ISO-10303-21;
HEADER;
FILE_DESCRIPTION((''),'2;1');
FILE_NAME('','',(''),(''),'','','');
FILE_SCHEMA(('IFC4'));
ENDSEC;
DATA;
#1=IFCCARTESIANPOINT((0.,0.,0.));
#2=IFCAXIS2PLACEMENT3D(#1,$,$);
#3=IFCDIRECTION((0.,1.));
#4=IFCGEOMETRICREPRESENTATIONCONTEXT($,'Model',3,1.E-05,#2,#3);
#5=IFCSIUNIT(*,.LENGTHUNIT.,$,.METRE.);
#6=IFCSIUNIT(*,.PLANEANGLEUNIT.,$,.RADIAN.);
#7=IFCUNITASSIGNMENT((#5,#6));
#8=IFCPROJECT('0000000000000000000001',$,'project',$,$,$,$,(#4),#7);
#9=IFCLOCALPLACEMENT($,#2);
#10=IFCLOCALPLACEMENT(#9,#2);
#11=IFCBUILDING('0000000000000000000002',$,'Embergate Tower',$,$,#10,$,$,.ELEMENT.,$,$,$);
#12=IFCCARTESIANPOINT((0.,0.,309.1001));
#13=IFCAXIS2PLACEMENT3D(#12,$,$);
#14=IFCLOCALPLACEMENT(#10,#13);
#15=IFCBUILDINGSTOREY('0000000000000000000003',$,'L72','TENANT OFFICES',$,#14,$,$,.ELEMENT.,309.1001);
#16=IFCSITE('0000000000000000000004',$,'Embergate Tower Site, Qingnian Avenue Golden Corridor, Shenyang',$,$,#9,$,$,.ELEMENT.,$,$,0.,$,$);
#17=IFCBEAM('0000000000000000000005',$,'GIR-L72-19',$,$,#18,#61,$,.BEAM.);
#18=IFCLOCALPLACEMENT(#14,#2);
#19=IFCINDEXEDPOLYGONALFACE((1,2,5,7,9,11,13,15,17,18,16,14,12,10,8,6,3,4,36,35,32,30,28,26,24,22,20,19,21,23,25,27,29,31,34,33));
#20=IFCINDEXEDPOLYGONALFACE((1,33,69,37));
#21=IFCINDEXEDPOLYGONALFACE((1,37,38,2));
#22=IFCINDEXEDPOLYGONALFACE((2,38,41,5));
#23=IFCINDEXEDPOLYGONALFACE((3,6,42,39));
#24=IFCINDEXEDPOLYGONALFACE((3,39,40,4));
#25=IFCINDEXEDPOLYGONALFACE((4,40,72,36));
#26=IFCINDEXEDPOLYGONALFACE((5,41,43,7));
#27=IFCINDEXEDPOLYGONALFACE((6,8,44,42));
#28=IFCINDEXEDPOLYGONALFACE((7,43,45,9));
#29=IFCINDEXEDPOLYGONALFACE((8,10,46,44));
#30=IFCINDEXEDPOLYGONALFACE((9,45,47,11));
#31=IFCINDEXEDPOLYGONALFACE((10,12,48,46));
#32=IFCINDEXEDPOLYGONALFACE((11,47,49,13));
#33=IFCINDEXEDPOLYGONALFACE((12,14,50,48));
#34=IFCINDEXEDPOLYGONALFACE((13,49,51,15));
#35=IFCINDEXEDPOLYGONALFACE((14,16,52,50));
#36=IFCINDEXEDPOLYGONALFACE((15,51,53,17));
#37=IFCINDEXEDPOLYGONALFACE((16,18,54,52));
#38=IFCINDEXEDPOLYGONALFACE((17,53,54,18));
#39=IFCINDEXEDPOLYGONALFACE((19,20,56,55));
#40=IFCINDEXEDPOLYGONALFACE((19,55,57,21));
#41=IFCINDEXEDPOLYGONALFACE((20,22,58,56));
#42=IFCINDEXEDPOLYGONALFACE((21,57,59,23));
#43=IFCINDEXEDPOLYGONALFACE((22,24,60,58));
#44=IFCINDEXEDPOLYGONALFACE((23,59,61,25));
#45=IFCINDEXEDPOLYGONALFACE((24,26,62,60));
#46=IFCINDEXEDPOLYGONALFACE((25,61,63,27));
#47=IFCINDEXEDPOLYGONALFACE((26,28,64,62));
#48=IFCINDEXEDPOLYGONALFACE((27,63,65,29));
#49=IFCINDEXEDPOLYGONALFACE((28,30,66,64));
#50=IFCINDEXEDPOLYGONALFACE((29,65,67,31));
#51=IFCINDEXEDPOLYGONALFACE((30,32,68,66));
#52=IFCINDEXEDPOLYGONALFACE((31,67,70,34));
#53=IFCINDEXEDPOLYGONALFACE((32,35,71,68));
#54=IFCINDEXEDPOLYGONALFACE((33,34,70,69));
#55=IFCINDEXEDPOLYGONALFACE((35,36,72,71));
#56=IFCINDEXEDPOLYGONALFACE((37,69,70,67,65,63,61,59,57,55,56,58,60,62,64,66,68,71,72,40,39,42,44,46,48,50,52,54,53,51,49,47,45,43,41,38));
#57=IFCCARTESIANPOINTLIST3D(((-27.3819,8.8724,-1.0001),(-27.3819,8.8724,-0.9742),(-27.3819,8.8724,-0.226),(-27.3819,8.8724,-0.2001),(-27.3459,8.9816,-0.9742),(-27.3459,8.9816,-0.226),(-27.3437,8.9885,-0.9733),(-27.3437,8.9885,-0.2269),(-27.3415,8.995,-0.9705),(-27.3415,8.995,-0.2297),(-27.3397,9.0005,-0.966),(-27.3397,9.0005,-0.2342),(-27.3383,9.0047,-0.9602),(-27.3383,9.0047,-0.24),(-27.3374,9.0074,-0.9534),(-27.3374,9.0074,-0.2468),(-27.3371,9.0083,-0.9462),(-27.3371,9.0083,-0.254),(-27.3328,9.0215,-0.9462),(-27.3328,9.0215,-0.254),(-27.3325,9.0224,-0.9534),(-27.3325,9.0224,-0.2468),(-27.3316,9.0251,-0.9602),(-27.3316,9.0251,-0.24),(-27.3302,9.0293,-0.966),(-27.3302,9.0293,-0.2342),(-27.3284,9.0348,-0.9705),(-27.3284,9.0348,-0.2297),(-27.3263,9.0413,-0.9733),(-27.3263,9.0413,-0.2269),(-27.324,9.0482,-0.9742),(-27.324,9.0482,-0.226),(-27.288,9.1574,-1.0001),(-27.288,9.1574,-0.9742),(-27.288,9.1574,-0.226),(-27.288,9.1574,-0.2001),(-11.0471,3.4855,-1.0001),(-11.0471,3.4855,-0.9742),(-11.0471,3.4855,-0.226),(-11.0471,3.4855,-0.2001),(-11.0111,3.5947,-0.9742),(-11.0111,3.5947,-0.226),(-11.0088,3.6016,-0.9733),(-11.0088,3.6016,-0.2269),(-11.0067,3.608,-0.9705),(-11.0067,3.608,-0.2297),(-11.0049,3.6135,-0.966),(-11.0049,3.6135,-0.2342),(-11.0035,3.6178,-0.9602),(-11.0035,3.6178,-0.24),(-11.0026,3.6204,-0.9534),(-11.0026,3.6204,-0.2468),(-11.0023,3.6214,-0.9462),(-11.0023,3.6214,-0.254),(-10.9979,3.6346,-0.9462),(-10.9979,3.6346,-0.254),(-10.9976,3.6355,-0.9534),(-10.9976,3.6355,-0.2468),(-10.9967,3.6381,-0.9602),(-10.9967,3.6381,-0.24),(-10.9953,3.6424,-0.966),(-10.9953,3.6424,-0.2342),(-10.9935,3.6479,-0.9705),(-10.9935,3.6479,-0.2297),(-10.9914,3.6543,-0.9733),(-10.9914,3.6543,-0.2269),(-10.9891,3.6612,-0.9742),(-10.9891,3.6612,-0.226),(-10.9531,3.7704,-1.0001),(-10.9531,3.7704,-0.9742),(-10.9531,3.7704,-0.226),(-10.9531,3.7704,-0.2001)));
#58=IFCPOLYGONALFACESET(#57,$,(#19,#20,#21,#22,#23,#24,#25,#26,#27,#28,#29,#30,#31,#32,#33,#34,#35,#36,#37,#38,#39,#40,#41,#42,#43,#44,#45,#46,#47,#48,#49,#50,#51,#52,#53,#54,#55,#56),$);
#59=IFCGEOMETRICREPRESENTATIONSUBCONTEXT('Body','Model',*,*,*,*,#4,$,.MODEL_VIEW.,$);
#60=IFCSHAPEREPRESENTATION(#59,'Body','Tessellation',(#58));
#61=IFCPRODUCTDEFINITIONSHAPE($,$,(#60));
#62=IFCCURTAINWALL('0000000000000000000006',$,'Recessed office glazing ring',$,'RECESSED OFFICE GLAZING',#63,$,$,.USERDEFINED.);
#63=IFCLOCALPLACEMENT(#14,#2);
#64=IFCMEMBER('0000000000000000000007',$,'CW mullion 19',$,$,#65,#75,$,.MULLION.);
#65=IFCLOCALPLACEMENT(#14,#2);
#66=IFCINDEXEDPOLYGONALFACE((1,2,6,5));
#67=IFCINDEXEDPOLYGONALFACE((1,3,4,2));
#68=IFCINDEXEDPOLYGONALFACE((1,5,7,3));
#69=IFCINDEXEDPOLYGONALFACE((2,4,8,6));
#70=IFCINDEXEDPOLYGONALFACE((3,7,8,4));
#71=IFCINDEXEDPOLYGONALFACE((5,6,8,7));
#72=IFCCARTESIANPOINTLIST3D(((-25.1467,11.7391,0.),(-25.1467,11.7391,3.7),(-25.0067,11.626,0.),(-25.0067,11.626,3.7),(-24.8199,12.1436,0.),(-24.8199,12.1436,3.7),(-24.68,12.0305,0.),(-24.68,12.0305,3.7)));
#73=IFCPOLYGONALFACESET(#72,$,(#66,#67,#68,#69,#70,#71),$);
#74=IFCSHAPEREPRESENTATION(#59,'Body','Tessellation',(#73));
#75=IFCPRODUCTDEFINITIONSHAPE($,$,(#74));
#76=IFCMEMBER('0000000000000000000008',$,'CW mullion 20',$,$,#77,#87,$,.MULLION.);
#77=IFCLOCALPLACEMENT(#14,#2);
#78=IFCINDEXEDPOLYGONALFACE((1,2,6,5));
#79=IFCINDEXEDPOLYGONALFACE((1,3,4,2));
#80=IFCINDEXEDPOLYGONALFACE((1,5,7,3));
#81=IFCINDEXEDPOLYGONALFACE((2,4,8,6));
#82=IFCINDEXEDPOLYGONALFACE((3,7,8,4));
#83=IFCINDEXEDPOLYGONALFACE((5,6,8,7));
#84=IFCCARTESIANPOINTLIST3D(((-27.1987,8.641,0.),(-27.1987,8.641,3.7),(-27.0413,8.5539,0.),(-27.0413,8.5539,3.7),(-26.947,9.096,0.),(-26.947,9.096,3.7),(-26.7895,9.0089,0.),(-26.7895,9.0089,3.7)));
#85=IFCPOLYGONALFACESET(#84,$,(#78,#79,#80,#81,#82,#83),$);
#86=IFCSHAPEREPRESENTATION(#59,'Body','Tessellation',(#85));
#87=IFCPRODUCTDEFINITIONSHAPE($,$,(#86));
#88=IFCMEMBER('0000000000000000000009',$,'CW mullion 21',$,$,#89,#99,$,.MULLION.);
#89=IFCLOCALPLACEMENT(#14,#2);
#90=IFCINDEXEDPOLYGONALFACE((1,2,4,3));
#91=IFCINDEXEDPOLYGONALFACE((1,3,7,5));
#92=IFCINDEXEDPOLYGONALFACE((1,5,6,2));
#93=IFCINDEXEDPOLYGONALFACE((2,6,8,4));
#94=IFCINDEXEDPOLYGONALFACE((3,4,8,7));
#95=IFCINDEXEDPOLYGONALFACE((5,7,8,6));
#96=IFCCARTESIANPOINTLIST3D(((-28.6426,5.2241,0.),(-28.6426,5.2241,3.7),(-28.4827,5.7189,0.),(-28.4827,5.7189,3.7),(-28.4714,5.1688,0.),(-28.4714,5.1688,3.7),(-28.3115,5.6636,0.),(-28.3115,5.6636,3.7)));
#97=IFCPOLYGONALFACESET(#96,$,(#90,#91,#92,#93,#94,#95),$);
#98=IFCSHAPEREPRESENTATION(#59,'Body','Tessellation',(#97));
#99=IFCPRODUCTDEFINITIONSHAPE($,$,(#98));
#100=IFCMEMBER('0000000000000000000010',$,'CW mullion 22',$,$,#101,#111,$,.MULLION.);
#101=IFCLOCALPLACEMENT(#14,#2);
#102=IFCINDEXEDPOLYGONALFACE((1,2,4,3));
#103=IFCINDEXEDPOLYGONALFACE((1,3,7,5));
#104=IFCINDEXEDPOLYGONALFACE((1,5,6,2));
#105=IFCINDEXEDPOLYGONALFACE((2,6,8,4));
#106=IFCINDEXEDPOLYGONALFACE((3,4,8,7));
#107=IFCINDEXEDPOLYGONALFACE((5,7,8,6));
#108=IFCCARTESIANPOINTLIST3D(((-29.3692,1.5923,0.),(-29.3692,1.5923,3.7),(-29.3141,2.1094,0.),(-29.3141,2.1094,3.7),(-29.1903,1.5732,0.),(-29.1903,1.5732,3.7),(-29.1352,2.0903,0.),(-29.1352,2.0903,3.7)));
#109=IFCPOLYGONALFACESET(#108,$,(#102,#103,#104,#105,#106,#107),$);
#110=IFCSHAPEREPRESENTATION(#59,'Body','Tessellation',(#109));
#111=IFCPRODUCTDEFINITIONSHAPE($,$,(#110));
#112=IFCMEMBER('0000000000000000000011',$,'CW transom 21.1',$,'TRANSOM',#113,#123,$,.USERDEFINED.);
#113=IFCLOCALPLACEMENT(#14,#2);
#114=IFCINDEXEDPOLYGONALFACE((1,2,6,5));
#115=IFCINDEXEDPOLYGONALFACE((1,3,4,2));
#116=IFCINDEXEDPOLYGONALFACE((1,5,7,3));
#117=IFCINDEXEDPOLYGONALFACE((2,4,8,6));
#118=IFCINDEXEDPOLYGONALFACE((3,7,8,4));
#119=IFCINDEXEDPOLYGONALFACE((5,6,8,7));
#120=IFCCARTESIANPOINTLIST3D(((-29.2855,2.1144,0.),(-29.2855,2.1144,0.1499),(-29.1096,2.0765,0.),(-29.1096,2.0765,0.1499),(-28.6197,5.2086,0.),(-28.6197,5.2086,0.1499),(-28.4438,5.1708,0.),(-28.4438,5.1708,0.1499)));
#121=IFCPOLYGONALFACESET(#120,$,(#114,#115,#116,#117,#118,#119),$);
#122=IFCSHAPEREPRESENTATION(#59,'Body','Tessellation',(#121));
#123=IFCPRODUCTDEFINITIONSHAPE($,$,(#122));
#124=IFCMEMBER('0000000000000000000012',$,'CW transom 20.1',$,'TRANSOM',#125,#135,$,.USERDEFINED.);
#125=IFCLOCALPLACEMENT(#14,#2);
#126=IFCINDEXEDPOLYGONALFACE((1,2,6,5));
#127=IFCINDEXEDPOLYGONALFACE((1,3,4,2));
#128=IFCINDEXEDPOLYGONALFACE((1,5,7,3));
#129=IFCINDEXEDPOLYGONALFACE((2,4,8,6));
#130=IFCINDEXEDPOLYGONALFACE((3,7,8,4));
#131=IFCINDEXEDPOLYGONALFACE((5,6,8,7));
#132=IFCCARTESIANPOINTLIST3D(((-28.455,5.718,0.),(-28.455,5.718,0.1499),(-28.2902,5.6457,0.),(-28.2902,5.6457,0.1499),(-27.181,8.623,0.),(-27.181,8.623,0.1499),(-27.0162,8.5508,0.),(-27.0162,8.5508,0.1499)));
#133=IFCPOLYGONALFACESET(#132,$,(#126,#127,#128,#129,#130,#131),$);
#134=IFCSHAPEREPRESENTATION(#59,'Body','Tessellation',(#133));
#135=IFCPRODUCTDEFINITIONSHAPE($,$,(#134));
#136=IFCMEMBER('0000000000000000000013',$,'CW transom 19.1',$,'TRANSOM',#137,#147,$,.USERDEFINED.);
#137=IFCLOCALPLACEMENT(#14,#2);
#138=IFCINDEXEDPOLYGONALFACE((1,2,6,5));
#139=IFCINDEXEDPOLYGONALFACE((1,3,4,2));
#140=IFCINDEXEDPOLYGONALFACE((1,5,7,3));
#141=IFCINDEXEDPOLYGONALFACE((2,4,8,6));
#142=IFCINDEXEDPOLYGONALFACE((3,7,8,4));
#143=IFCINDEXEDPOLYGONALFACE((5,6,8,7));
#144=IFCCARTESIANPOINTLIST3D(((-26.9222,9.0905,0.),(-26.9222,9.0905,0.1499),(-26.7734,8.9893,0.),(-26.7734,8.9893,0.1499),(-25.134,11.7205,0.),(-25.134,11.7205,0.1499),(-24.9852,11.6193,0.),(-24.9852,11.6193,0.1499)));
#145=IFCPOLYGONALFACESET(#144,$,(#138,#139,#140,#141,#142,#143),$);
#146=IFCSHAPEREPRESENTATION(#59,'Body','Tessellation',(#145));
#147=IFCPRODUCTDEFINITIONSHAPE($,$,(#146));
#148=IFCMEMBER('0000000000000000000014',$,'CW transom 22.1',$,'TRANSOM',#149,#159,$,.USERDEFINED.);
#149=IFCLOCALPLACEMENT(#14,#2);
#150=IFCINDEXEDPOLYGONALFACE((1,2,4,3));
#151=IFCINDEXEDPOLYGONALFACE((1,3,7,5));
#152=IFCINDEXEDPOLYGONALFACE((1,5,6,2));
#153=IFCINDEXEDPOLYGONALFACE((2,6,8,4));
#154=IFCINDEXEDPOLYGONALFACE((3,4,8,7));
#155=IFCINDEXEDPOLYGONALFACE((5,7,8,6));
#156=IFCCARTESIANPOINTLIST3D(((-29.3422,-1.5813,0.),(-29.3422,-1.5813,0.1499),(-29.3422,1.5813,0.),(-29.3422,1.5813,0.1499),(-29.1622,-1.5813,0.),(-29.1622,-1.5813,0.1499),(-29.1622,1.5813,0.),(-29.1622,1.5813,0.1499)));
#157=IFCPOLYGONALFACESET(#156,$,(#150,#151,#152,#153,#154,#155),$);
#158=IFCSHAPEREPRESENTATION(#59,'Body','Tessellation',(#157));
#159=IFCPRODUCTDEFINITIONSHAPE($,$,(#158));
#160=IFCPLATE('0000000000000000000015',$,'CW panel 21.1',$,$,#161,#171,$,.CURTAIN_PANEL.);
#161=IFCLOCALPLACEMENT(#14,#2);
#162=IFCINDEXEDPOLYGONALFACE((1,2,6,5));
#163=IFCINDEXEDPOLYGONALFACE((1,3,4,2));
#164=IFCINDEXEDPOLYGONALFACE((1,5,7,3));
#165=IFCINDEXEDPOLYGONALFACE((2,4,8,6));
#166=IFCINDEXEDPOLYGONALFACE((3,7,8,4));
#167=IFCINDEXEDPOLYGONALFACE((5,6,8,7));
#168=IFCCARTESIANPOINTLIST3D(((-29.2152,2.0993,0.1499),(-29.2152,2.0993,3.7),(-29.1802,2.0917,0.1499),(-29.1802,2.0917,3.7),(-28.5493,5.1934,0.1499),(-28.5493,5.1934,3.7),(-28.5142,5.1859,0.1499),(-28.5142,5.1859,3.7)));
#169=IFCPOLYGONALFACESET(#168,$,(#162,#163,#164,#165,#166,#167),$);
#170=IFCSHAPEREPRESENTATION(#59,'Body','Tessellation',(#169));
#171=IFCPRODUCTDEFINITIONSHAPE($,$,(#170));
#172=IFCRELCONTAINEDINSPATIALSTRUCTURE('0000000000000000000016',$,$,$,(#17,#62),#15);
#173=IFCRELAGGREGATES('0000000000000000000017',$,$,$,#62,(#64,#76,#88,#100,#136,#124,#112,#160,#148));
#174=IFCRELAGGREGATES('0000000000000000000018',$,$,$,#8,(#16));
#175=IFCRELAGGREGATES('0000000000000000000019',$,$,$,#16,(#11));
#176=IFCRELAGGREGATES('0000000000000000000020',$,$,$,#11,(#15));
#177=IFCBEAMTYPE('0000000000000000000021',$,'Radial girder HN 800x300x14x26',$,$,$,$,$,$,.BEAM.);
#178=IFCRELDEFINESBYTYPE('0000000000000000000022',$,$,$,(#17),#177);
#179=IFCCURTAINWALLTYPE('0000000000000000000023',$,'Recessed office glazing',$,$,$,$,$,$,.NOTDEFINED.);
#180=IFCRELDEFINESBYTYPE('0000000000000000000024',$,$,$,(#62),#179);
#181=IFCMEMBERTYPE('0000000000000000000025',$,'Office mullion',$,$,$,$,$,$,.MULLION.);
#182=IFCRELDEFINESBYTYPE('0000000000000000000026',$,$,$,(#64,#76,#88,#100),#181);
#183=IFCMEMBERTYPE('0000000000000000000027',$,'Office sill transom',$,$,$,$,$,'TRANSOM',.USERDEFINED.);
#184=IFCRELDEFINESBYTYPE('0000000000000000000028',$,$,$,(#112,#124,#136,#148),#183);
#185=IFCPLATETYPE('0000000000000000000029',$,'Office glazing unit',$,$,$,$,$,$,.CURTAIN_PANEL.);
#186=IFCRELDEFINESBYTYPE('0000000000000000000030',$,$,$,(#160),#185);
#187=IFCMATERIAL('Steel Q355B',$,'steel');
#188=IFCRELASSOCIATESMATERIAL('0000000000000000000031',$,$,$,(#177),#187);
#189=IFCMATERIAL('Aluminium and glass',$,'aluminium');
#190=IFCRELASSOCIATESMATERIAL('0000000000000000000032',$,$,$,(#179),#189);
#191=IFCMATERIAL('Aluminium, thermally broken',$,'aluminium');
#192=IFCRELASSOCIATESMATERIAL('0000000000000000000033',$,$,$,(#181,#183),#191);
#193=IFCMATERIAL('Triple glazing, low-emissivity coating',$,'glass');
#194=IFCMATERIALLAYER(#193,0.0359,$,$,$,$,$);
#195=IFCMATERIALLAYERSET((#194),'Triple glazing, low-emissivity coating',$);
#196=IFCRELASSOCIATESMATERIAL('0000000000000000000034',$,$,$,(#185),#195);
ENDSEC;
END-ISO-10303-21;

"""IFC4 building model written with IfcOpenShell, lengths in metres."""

from ifc_helpers import new_model, si_unit, direction, frame, origin, origin_2d, place, context, subcontext, project, spatial, rectangle, i_section, extrude, source, transform, mapped, material, layer, layer_set, material_profile, profile_set, type_object, element, aggregate, save


model = new_model("IFC4")

# Units and contexts
model_context = context("Model", 3, precision=1e-05, world=origin(), true_north=direction((0.0, 1.0)))
body_context = subcontext(model_context, "Body", "Model", "MODEL_VIEW")
ifc_project = project(units=[si_unit("LENGTHUNIT", "METRE"), si_unit("PLANEANGLEUNIT", "RADIAN")], contexts=[model_context])

# Site, building, storey
site_placement = place(None, origin())
site = spatial("IfcSite", under=ifc_project, at=site_placement, Name="Embergate Tower Site, Qingnian Avenue Golden Corridor, Shenyang", CompositionType="ELEMENT", RefElevation=0.0)
building_placement = place(site_placement, origin())
building = spatial("IfcBuilding", under=site, at=building_placement, Name="Embergate Tower", CompositionType="ELEMENT")
storey_placement = place(building_placement, frame((0.0, 0.0, 309.1001)))
storey = spatial("IfcBuildingStorey", under=building, at=storey_placement, Name="L72", Description="TENANT OFFICES", CompositionType="ELEMENT", Elevation=309.1001)

# Beam
ifc_material_1 = material(Name="Steel Q355B", Category="steel")
ifc_material_profile_1 = material_profile(ifc_material_1, i_section(OverallWidth=0.3, OverallDepth=0.8, WebThickness=0.0139, FlangeThickness=0.0259, FilletRadius=0.0281, at=origin_2d()), Name="HN 800x300x14x26")
ifc_profile_set_1 = profile_set([ifc_material_profile_1], Name="Steel Q355 grade B")
beam_type_1 = type_object("IfcBeamType", Name="Radial girder HN 800x300x14x26", PredefinedType="BEAM", material=ifc_profile_set_1)
shared_shape_1 = source(origin(), body_context, "Body", "SweptSolid", [
    extrude(i_section(OverallWidth=0.3, OverallDepth=0.8, WebThickness=0.0139, FlangeThickness=0.0259, FilletRadius=0.0281, at=origin_2d()), origin(), (0.0, 0.0, 1.0), 17.2002),
])
beam_1_placement = place(storey_placement, frame((-27.335, 9.0149, -0.6001), z_axis=(0.94969, -0.31319, 0.0), x_axis=(0.31319, 0.94969, 0.0)))
element("IfcBeam", 1, at=beam_1_placement, inside=storey, type_object=beam_type_1, Name="GIR-L72-19", PredefinedType="BEAM", context=body_context, shape_type="MappedRepresentation", body=[
    mapped(shared_shape_1, transform((0.0, 0.0, 0.0))),
])

# Curtain wall, members, plate
ifc_material_2 = material(Name="Aluminium and glass", Category="aluminium")
curtain_wall_type = type_object("IfcCurtainWallType", Name="Recessed office glazing", PredefinedType="NOTDEFINED", material=ifc_material_2)
curtain_wall_placement = place(storey_placement, origin())
curtain_wall = element("IfcCurtainWall", 2, at=curtain_wall_placement, inside=storey, type_object=curtain_wall_type, Name="Recessed office glazing ring", ObjectType="RECESSED OFFICE GLAZING", PredefinedType="USERDEFINED")
ifc_material_3 = material(Name="Aluminium, thermally broken", Category="aluminium")
ifc_material_profile_2 = material_profile(ifc_material_3, rectangle(XDim=0.1799, YDim=0.52, at=origin_2d()), Name="AL 520x180")
ifc_profile_set_2 = profile_set([ifc_material_profile_2], Name="Aluminium, thermally broken")
member_type_1 = type_object("IfcMemberType", Name="Office mullion", PredefinedType="MULLION", material=ifc_profile_set_2)
shared_shape_2 = source(origin(), body_context, "Body", "SweptSolid", [
    extrude(rectangle(XDim=0.1799, YDim=0.52, at=origin_2d()), origin(), (0.0, 0.0, 1.0), 3.7),
])
member_1_placement = place(storey_placement, frame((-24.9133, 11.8848, 0.0), z_axis=(0.0, 0.0, 1.0), x_axis=(0.777864, -0.628433, 0.0)))
member_1 = element("IfcMember", 3, at=member_1_placement, type_object=member_type_1, Name="CW mullion 19", PredefinedType="MULLION", context=body_context, shape_type="MappedRepresentation", body=[
    mapped(shared_shape_2, transform((0.0, 0.0, 0.0))),
])
member_2_placement = place(storey_placement, frame((-26.9941, 8.825, 0.0), z_axis=(0.0, 0.0, 1.0), x_axis=(0.874993, -0.484135, 0.0)))
member_2 = element("IfcMember", 4, at=member_2_placement, type_object=member_type_1, Name="CW mullion 20", PredefinedType="MULLION", context=body_context, shape_type="MappedRepresentation", body=[
    mapped(shared_shape_2, transform((0.0, 0.0, 0.0))),
])
member_3_placement = place(storey_placement, frame((-28.4771, 5.4438, 0.0), z_axis=(0.0, 0.0, 1.0), x_axis=(0.951493, -0.307671, 0.0)))
member_3 = element("IfcMember", 5, at=member_3_placement, type_object=member_type_1, Name="CW mullion 21", PredefinedType="MULLION", context=body_context, shape_type="MappedRepresentation", body=[
    mapped(shared_shape_2, transform((0.0, 0.0, 0.0))),
])
member_4_placement = place(storey_placement, frame((-29.2522, 1.8413, 0.0), z_axis=(0.0, 0.0, 1.0), x_axis=(0.994384, -0.10583, 0.0)))
member_4 = element("IfcMember", 6, at=member_4_placement, type_object=member_type_1, Name="CW mullion 22", PredefinedType="MULLION", context=body_context, shape_type="MappedRepresentation", body=[
    mapped(shared_shape_2, transform((0.0, 0.0, 0.0))),
])
ifc_material_profile_3 = material_profile(ifc_material_3, rectangle(XDim=0.1799, YDim=0.1499, at=origin_2d()), Name="AL 150x180")
ifc_profile_set_3 = profile_set([ifc_material_profile_3], Name="Aluminium, thermally broken")
member_type_2 = type_object("IfcMemberType", Name="Office sill transom", ElementType="TRANSOM", PredefinedType="USERDEFINED", material=ifc_profile_set_3)
shared_shape_3 = source(origin(), body_context, "Body", "SweptSolid", [
    extrude(rectangle(XDim=0.1799, YDim=0.1499, at=origin_2d()), origin(), (0.0, 0.0, 1.0), 3.165),
])
member_5_placement = place(storey_placement, frame((-28.5317, 5.1897, 0.075), z_axis=(-0.210351, -0.977626, 0.0), x_axis=(0.977626, -0.210351, 0.0)))
member_5 = element("IfcMember", 7, at=member_5_placement, type_object=member_type_2, Name="CW transom 21.1", ObjectType="TRANSOM", PredefinedType="USERDEFINED", context=body_context, shape_type="MappedRepresentation", body=[
    mapped(shared_shape_3, transform((0.0, 0.0, 0.0))),
])
shared_shape_4 = source(origin(), body_context, "Body", "SweptSolid", [
    extrude(rectangle(XDim=0.1799, YDim=0.1499, at=origin_2d()), origin(), (0.0, 0.0, 1.0), 3.1721),
])
member_6_placement = place(storey_placement, frame((-27.0986, 8.5869, 0.075), z_axis=(-0.401606, -0.915813, 0.0), x_axis=(0.915813, -0.401606, 0.0)))
member_6 = element("IfcMember", 8, at=member_6_placement, type_object=member_type_2, Name="CW transom 20.1", ObjectType="TRANSOM", PredefinedType="USERDEFINED", context=body_context, shape_type="MappedRepresentation", body=[
    mapped(shared_shape_4, transform((0.0, 0.0, 0.0))),
])
shared_shape_5 = source(origin(), body_context, "Body", "SweptSolid", [
    extrude(rectangle(XDim=0.1799, YDim=0.1499, at=origin_2d()), origin(), (0.0, 0.0, 1.0), 3.1804),
])
member_7_placement = place(storey_placement, frame((-25.0596, 11.6699, 0.075), z_axis=(-0.562276, -0.826949, 0.0), x_axis=(0.826949, -0.562276, 0.0)))
member_7 = element("IfcMember", 9, at=member_7_placement, type_object=member_type_2, Name="CW transom 19.1", ObjectType="TRANSOM", PredefinedType="USERDEFINED", context=body_context, shape_type="MappedRepresentation", body=[
    mapped(shared_shape_5, transform((0.0, 0.0, 0.0))),
])
shared_shape_6 = source(origin(), body_context, "Body", "SweptSolid", [
    extrude(rectangle(XDim=0.1799, YDim=0.1499, at=origin_2d()), origin(), (0.0, 0.0, 1.0), 3.1626),
])
member_8_placement = place(storey_placement, frame((-29.2522, 1.5813, 0.075), z_axis=(0.0, -1.0, 0.0), x_axis=(1.0, 0.0, 0.0)))
member_8 = element("IfcMember", 10, at=member_8_placement, type_object=member_type_2, Name="CW transom 22.1", ObjectType="TRANSOM", PredefinedType="USERDEFINED", context=body_context, shape_type="MappedRepresentation", body=[
    mapped(shared_shape_6, transform((0.0, 0.0, 0.0))),
])
ifc_material_4 = material(Name="Triple glazing, low-emissivity coating", Category="glass")
ifc_layer_1 = layer(ifc_material_4, 0.0359)
ifc_layer_set_1 = layer_set([ifc_layer_1], Name="Triple glazing, low-emissivity coating")
plate_type = type_object("IfcPlateType", Name="Office glazing unit", PredefinedType="CURTAIN_PANEL", material=ifc_layer_set_1)
shared_shape_7 = source(origin(), body_context, "Body", "SweptSolid", [
    extrude(rectangle(XDim=3.165, YDim=0.0359, at=origin_2d()), origin(), (0.0, 0.0, 1.0), 3.55),
])
plate_1_placement = place(storey_placement, frame((-28.8647, 3.6426, 0.1499), z_axis=(0.0, 0.0, 1.0), x_axis=(-0.210398, -0.977616, 0.0)))
plate_1 = element("IfcPlate", 11, at=plate_1_placement, type_object=plate_type, Name="CW panel 21.1", PredefinedType="CURTAIN_PANEL", context=body_context, shape_type="MappedRepresentation", body=[
    mapped(shared_shape_7, transform((0.0, 0.0, 0.0))),
])
aggregate(curtain_wall, [member_1, member_2, member_3, member_4, member_7, member_6, member_5, plate_1, member_8])

save(model, "model.ifc")
